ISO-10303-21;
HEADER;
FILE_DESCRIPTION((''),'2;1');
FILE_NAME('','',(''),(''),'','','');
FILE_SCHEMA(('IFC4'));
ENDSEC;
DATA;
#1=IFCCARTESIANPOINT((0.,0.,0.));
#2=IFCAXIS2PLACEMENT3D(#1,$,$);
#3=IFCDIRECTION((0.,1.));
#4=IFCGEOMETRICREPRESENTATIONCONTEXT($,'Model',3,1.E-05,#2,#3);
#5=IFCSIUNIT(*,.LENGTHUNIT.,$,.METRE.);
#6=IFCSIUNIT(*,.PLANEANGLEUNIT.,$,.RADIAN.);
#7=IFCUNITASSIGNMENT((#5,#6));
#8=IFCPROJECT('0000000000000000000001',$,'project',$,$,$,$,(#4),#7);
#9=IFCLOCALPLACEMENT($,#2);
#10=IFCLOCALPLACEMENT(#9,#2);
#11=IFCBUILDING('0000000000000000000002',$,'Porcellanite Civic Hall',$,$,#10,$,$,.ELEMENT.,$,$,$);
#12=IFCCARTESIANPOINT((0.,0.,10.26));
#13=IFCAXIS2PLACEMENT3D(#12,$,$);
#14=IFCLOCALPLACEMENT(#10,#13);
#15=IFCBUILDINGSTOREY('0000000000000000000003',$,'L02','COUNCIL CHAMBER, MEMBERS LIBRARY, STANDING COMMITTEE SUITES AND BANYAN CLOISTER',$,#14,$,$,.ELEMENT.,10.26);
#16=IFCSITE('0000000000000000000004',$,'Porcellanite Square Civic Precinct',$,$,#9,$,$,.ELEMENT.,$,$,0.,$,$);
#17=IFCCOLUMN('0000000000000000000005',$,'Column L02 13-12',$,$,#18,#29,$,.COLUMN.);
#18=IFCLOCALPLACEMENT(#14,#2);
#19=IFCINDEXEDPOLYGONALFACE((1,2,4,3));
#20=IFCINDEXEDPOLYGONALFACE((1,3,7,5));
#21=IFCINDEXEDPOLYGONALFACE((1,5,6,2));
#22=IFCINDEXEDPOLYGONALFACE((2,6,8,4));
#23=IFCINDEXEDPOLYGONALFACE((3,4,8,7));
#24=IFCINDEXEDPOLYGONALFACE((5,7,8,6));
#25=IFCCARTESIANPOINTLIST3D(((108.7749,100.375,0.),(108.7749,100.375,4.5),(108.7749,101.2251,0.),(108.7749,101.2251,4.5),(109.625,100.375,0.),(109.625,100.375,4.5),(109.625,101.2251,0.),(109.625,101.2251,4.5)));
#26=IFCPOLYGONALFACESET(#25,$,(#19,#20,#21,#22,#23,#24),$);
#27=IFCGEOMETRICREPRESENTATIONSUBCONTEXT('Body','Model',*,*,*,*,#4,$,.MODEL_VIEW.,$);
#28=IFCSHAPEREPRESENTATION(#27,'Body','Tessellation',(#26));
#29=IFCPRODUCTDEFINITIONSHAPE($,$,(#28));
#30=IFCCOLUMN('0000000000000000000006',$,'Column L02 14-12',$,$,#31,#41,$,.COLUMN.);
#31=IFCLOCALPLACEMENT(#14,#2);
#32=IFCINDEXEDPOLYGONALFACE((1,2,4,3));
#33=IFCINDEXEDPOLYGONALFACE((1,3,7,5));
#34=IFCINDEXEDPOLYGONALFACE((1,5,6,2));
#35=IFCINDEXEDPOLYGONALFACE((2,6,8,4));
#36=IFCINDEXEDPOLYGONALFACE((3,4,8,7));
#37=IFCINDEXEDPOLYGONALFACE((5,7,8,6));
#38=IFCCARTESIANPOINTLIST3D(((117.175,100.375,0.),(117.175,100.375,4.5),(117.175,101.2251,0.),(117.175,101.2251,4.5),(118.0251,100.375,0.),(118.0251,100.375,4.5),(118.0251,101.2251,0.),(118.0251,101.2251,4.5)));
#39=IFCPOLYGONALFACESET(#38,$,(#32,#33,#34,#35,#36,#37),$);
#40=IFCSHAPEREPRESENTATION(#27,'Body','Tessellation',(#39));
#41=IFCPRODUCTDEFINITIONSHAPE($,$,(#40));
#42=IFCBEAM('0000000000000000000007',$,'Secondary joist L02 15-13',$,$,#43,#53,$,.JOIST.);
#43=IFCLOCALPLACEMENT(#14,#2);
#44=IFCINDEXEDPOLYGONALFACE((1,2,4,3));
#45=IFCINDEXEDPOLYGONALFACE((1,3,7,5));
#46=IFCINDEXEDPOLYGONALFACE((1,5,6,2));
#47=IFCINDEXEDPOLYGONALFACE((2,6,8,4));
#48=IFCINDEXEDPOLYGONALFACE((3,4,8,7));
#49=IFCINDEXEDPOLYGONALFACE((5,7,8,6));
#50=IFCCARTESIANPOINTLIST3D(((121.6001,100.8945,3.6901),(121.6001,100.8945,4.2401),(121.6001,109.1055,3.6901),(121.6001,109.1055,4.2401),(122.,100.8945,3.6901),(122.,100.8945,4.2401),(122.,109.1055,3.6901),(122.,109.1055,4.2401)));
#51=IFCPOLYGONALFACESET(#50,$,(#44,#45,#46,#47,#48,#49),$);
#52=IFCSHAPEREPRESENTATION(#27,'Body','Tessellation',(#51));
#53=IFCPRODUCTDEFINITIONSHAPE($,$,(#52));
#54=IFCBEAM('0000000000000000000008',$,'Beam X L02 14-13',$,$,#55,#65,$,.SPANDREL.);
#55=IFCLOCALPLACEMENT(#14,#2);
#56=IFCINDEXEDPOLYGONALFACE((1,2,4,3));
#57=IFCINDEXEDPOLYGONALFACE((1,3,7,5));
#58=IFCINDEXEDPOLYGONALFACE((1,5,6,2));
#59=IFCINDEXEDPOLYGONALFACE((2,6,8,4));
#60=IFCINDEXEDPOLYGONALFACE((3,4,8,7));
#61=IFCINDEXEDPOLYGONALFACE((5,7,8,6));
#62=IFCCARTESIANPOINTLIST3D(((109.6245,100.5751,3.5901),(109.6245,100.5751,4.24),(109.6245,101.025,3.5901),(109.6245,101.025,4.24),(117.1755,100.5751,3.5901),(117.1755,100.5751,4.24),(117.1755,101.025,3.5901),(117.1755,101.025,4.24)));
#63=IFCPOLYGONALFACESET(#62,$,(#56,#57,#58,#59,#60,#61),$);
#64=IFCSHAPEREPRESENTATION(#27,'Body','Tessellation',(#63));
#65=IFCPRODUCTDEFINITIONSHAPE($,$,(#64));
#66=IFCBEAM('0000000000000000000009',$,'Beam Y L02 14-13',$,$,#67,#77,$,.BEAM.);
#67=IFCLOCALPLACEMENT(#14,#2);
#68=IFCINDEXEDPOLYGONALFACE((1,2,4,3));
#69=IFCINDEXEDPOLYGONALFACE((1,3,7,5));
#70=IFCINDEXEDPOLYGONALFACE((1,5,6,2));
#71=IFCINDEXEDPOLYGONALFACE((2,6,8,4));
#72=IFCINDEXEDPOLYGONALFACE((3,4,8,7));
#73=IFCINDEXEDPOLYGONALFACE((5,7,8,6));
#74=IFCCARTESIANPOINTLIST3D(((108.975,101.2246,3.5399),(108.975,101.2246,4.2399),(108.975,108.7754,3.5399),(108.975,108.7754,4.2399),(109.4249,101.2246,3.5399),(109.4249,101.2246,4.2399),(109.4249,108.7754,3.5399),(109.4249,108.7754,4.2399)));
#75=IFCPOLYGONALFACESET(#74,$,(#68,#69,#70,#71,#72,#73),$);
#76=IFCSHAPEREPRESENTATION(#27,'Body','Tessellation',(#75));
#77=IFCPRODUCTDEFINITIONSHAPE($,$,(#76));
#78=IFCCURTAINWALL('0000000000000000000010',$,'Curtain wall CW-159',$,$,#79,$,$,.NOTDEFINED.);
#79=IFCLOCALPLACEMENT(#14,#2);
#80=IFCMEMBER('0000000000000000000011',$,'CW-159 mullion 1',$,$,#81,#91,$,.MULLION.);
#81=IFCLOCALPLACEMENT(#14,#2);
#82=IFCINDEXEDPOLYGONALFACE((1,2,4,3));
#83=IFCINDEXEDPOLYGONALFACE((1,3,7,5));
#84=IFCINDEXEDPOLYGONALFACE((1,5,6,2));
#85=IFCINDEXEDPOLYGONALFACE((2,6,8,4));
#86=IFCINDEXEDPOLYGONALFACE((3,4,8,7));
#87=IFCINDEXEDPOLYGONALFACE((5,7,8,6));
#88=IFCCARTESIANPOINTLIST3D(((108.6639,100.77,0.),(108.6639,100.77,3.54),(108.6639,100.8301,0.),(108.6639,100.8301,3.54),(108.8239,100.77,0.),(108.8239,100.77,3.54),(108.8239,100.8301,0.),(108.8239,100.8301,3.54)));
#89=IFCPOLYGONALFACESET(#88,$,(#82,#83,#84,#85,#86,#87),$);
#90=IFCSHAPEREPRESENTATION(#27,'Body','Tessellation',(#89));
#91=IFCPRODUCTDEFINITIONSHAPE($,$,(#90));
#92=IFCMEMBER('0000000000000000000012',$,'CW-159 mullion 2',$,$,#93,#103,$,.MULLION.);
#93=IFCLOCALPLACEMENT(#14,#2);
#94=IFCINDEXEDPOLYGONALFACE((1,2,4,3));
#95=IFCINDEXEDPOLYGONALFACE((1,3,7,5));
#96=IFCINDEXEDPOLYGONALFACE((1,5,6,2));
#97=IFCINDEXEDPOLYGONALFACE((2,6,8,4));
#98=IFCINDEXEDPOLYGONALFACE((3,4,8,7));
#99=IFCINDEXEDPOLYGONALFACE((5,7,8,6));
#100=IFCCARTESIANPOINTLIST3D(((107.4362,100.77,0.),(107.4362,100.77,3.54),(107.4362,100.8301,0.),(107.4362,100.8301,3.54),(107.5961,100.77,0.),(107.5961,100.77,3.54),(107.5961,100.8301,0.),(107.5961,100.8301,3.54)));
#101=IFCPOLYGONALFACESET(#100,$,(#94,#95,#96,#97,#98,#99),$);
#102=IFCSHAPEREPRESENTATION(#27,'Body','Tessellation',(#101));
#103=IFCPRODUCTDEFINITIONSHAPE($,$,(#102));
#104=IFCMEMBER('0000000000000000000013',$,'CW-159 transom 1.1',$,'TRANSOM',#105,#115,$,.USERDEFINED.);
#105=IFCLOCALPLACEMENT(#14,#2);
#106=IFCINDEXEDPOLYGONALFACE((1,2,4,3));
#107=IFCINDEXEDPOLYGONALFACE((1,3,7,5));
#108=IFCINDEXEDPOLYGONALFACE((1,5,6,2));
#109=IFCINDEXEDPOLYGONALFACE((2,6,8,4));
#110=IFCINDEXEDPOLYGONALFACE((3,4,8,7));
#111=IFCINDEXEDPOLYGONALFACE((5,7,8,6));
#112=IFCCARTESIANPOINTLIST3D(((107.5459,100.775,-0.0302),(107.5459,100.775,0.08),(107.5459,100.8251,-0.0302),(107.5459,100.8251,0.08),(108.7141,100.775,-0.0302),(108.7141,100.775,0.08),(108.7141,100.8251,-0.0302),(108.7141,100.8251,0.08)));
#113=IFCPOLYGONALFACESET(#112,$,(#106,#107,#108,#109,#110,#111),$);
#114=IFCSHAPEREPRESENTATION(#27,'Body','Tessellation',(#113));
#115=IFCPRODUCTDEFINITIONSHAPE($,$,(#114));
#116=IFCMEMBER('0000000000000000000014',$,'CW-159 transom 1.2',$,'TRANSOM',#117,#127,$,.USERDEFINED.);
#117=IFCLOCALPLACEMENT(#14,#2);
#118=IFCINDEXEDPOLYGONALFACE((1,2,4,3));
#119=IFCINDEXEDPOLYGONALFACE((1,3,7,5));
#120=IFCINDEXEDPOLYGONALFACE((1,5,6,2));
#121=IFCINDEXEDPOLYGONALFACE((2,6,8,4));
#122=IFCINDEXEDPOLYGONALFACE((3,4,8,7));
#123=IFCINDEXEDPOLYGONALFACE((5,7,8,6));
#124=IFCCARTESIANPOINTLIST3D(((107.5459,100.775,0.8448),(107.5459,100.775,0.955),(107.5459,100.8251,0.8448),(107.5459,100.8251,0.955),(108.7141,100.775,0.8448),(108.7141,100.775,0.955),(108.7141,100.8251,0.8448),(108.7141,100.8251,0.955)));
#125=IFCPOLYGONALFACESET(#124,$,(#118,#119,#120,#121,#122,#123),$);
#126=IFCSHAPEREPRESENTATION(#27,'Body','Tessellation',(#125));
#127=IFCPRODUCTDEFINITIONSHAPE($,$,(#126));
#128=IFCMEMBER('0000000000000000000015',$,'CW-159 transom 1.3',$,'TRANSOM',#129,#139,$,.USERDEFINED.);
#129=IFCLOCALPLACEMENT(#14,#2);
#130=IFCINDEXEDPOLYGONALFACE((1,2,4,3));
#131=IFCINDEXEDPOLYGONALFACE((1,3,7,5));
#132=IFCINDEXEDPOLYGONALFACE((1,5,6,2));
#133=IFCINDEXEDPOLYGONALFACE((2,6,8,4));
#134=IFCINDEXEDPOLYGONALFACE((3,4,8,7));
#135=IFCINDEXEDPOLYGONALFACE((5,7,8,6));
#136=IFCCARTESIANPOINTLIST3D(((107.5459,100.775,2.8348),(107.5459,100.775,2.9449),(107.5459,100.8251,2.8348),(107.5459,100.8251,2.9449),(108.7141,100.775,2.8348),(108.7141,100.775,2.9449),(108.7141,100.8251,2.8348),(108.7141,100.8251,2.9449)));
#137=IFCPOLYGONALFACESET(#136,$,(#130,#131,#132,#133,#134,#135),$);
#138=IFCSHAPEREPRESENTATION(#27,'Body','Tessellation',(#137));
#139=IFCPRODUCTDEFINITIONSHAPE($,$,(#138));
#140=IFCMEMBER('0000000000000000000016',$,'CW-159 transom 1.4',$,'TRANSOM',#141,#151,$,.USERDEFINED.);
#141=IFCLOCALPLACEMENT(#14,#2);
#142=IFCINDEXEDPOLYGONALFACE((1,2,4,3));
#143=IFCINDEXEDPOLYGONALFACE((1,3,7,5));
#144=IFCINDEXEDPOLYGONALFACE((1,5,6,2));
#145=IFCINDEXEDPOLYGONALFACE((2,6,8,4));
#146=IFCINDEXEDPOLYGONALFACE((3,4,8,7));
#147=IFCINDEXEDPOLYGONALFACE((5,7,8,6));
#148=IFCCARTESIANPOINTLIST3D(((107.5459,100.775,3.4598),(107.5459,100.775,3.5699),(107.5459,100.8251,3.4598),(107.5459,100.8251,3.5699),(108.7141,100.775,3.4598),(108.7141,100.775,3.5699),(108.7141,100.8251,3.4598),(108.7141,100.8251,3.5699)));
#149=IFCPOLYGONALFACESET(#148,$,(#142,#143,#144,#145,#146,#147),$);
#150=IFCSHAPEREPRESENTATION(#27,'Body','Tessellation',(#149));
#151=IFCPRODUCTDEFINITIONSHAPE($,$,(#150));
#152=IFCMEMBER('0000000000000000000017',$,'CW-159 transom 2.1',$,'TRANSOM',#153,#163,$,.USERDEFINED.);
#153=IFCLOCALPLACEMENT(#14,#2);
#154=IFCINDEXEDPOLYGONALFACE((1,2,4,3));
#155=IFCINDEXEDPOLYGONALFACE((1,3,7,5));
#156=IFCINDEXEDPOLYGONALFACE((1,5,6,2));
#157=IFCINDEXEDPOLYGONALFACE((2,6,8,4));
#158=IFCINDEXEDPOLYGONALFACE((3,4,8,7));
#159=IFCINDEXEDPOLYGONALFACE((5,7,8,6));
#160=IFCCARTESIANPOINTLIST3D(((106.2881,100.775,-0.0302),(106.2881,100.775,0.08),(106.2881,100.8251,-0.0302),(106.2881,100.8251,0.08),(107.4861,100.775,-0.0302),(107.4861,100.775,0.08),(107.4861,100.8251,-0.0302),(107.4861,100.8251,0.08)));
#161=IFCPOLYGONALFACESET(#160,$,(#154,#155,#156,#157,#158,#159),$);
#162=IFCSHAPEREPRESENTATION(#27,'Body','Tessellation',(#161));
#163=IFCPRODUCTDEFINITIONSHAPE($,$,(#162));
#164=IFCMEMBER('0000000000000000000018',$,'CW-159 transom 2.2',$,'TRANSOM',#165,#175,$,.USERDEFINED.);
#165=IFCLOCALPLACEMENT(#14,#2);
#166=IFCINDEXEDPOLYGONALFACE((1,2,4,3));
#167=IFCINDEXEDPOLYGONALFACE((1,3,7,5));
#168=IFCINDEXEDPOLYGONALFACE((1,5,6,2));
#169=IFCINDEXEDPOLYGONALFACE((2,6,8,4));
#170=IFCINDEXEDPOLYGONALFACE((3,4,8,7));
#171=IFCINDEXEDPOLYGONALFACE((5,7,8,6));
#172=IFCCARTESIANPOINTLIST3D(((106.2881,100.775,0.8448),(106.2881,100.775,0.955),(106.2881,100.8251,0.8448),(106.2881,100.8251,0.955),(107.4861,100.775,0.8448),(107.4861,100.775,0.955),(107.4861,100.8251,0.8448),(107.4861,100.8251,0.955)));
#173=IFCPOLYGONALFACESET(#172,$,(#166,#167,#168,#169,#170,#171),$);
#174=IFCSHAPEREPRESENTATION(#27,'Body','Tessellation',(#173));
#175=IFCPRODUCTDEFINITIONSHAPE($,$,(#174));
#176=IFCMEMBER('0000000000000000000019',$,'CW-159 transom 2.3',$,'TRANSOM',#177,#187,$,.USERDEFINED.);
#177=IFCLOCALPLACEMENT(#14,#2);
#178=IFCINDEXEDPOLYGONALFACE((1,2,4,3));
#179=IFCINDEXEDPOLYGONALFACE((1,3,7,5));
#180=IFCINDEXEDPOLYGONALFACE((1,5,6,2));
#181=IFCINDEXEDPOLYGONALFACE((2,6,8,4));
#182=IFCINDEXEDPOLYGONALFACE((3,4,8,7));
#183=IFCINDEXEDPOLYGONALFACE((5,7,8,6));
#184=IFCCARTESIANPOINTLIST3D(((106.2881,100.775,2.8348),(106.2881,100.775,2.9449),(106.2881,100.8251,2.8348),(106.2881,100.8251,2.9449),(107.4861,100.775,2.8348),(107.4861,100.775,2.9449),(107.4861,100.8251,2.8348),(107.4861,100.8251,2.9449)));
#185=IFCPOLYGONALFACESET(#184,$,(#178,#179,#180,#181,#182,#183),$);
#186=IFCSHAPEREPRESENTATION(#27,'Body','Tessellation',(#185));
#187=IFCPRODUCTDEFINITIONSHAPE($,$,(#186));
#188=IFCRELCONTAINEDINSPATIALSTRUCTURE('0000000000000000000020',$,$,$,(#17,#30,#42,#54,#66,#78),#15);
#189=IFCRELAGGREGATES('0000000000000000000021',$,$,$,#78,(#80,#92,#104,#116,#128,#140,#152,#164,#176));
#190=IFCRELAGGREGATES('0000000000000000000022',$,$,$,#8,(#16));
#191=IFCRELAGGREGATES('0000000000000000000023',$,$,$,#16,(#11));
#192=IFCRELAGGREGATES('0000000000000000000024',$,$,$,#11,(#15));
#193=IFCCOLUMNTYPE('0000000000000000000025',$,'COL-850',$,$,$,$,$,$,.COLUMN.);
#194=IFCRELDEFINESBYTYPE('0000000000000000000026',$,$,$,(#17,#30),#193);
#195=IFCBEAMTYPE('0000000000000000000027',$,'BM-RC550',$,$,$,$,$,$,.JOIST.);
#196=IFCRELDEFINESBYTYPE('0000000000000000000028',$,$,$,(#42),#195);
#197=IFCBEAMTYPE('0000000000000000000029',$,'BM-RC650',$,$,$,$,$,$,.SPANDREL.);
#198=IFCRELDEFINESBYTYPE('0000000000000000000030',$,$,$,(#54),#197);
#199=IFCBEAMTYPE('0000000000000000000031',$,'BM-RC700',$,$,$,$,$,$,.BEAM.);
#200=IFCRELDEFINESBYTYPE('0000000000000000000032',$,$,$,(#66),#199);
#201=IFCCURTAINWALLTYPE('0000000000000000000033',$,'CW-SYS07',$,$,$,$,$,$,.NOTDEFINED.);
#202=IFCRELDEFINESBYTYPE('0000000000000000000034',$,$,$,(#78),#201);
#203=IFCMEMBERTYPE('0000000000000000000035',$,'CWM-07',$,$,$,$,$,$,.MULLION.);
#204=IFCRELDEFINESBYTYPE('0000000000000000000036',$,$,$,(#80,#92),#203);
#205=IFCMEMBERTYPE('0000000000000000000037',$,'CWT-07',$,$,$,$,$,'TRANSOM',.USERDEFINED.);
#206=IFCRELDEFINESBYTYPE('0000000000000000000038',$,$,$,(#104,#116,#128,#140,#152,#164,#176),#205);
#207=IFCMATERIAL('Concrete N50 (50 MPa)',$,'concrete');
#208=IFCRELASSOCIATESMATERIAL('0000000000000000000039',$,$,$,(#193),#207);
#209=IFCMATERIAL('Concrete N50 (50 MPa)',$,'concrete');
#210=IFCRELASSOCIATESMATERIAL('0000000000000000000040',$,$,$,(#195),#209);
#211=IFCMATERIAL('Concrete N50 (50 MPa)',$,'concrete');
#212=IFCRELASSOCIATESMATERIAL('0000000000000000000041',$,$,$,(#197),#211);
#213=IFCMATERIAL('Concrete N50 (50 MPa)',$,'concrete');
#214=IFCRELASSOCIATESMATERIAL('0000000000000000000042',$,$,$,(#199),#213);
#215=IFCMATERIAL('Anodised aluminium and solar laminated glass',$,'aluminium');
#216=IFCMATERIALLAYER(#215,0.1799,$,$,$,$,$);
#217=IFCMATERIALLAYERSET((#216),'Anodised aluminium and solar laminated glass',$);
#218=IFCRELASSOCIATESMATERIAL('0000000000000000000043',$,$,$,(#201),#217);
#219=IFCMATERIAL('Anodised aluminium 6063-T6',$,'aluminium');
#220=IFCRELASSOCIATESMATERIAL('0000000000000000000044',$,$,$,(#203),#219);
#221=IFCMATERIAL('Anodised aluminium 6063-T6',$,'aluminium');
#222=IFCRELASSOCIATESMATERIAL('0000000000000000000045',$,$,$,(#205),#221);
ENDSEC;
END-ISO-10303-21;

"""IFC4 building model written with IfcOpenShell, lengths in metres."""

from ifc_helpers import new_model, si_unit, direction, frame, origin, origin_2d, place, context, subcontext, project, spatial, rectangle, extrude, material, layer, layer_set, material_profile, profile_set, type_object, element, aggregate, save


model = new_model("IFC4")

# Units and contexts
model_context = context("Model", 3, precision=1e-05, world=origin(), true_north=direction((0.0, 1.0)))
body_context = subcontext(model_context, "Body", "Model", "MODEL_VIEW")
ifc_project = project(units=[si_unit("LENGTHUNIT", "METRE"), si_unit("PLANEANGLEUNIT", "RADIAN")], contexts=[model_context])

# Site, building, storey
site_placement = place(None, origin())
site = spatial("IfcSite", under=ifc_project, at=site_placement, Name="Porcellanite Square Civic Precinct", CompositionType="ELEMENT", RefElevation=0.0)
building_placement = place(site_placement, origin())
building = spatial("IfcBuilding", under=site, at=building_placement, Name="Porcellanite Civic Hall", CompositionType="ELEMENT")
storey_placement = place(building_placement, frame((0.0, 0.0, 10.26)))
storey = spatial("IfcBuildingStorey", under=building, at=storey_placement, Name="L02", Description="COUNCIL CHAMBER, MEMBERS LIBRARY, STANDING COMMITTEE SUITES AND BANYAN CLOISTER", CompositionType="ELEMENT", Elevation=10.26)

# Columns
ifc_material_1 = material(Name="Concrete N50 (50 MPa)", Category="concrete")
ifc_material_profile_1 = material_profile(ifc_material_1, rectangle(XDim=0.8501, YDim=0.8501, at=origin_2d()), Name="RC-850x850")
ifc_profile_set_1 = profile_set([ifc_material_profile_1], Name="Concrete N50 (50 MPa)")
column_type = type_object("IfcColumnType", Name="COL-850", PredefinedType="COLUMN", material=ifc_profile_set_1)
for number, where, z_axis, x_axis, name in (
    (1, (109.2, 100.8, 0.0), (0.0, 0.0, 1.0), (1.0, 0.0, 0.0), "Column L02 13-12"),
    (2, (117.6001, 100.8, 0.0), (0.0, 0.0, 1.0), (1.0, 0.0, 0.0), "Column L02 14-12"),
):
    element("IfcColumn", number, at=place(storey_placement, frame(where, z_axis=z_axis, x_axis=x_axis)), inside=storey, type_object=column_type, Name=name, PredefinedType="COLUMN", context=body_context, shape_type="SweptSolid", body=[
        extrude(rectangle(XDim=0.8501, YDim=0.8501, at=origin_2d()), origin(), (0.0, 0.0, 1.0), 4.5),
    ])

# Beams
ifc_material_2 = material(Name="Concrete N50 (50 MPa)", Category="concrete")
ifc_material_profile_2 = material_profile(ifc_material_2, rectangle(XDim=0.3999, YDim=0.55, at=origin_2d()), Name="RC-400x550")
ifc_profile_set_2 = profile_set([ifc_material_profile_2], Name="Concrete N50 (50 MPa)")
beam_type_1 = type_object("IfcBeamType", Name="BM-RC550", PredefinedType="JOIST", material=ifc_profile_set_2)
beam_1_placement = place(storey_placement, frame((121.8, 100.8945, 3.9651), z_axis=(0.0, 1.0, 0.0), x_axis=(-1.0, 0.0, 0.0)))
element("IfcBeam", 3, at=beam_1_placement, inside=storey, type_object=beam_type_1, Name="Secondary joist L02 15-13", PredefinedType="JOIST", context=body_context, shape_type="SweptSolid", body=[
    extrude(rectangle(XDim=0.3999, YDim=0.55, at=origin_2d()), origin(), (0.0, 0.0, 1.0), 8.2109),
])
ifc_material_3 = material(Name="Concrete N50 (50 MPa)", Category="concrete")
ifc_material_profile_3 = material_profile(ifc_material_3, rectangle(XDim=0.45, YDim=0.6499, at=origin_2d()), Name="RC-450x650")
ifc_profile_set_3 = profile_set([ifc_material_profile_3], Name="Concrete N50 (50 MPa)")
beam_type_2 = type_object("IfcBeamType", Name="BM-RC650", PredefinedType="SPANDREL", material=ifc_profile_set_3)
beam_2_placement = place(storey_placement, frame((109.6245, 100.8, 3.915), z_axis=(1.0, 0.0, 0.0), x_axis=(0.0, 1.0, 0.0)))
element("IfcBeam", 4, at=beam_2_placement, inside=storey, type_object=beam_type_2, Name="Beam X L02 14-13", PredefinedType="SPANDREL", context=body_context, shape_type="SweptSolid", body=[
    extrude(rectangle(XDim=0.45, YDim=0.6499, at=origin_2d()), origin(), (0.0, 0.0, 1.0), 7.551),
])
ifc_material_4 = material(Name="Concrete N50 (50 MPa)", Category="concrete")
ifc_material_profile_4 = material_profile(ifc_material_4, rectangle(XDim=0.45, YDim=0.7, at=origin_2d()), Name="RC-450x700")
ifc_profile_set_4 = profile_set([ifc_material_profile_4], Name="Concrete N50 (50 MPa)")
beam_type_3 = type_object("IfcBeamType", Name="BM-RC700", PredefinedType="BEAM", material=ifc_profile_set_4)
beam_3_placement = place(storey_placement, frame((109.2, 101.2246, 3.8899), z_axis=(0.0, 1.0, 0.0), x_axis=(-1.0, 0.0, 0.0)))
element("IfcBeam", 5, at=beam_3_placement, inside=storey, type_object=beam_type_3, Name="Beam Y L02 14-13", PredefinedType="BEAM", context=body_context, shape_type="SweptSolid", body=[
    extrude(rectangle(XDim=0.45, YDim=0.7, at=origin_2d()), origin(), (0.0, 0.0, 1.0), 7.5508),
])

# Curtain wall, members
ifc_material_5 = material(Name="Anodised aluminium and solar laminated glass", Category="aluminium")
ifc_layer_1 = layer(ifc_material_5, 0.1799)
ifc_layer_set_1 = layer_set([ifc_layer_1], Name="Anodised aluminium and solar laminated glass")
curtain_wall_type = type_object("IfcCurtainWallType", Name="CW-SYS07", PredefinedType="NOTDEFINED", material=ifc_layer_set_1)
curtain_wall_placement = place(storey_placement, origin())
curtain_wall = element("IfcCurtainWall", 6, at=curtain_wall_placement, inside=storey, type_object=curtain_wall_type, Name="Curtain wall CW-159", PredefinedType="NOTDEFINED")
ifc_material_6 = material(Name="Anodised aluminium 6063-T6", Category="aluminium")
ifc_material_profile_5 = material_profile(ifc_material_6, rectangle(XDim=0.0601, YDim=0.1599, at=origin_2d()), Name="AL-60x160")
ifc_profile_set_5 = profile_set([ifc_material_profile_5], Name="Anodised aluminium 6063-T6")
member_type_1 = type_object("IfcMemberType", Name="CWM-07", PredefinedType="MULLION", material=ifc_profile_set_5)
member_1_placement = place(storey_placement, frame((108.7439, 100.8, 0.0), z_axis=(0.0, 0.0, 1.0), x_axis=(0.0, -1.0, 0.0)))
member_1 = element("IfcMember", 7, at=member_1_placement, type_object=member_type_1, Name="CW-159 mullion 1", PredefinedType="MULLION", context=body_context, shape_type="SweptSolid", body=[
    extrude(rectangle(XDim=0.0601, YDim=0.1599, at=origin_2d()), origin(), (0.0, 0.0, 1.0), 3.54),
])
member_2_placement = place(storey_placement, frame((107.5161, 100.8, 0.0), z_axis=(0.0, 0.0, 1.0), x_axis=(0.0, -1.0, 0.0)))
member_2 = element("IfcMember", 8, at=member_2_placement, type_object=member_type_1, Name="CW-159 mullion 2", PredefinedType="MULLION", context=body_context, shape_type="SweptSolid", body=[
    extrude(rectangle(XDim=0.0601, YDim=0.1599, at=origin_2d()), origin(), (0.0, 0.0, 1.0), 3.54),
])
ifc_material_7 = material(Name="Anodised aluminium 6063-T6", Category="aluminium")
ifc_material_profile_6 = material_profile(ifc_material_7, rectangle(XDim=0.05, YDim=0.1101, at=origin_2d()), Name="AL-50x110")
ifc_profile_set_6 = profile_set([ifc_material_profile_6], Name="Anodised aluminium 6063-T6")
member_type_2 = type_object("IfcMemberType", Name="CWT-07", ElementType="TRANSOM", PredefinedType="USERDEFINED", material=ifc_profile_set_6)
member_3_placement = place(storey_placement, frame((108.7141, 100.8, 0.0249), z_axis=(-1.0, 0.0, 0.0), x_axis=(0.0, -1.0, 0.0)))
member_3 = element("IfcMember", 9, at=member_3_placement, type_object=member_type_2, Name="CW-159 transom 1.1", ObjectType="TRANSOM", PredefinedType="USERDEFINED", context=body_context, shape_type="SweptSolid", body=[
    extrude(rectangle(XDim=0.05, YDim=0.1101, at=origin_2d()), origin(), (0.0, 0.0, 1.0), 1.1682),
])
member_4_placement = place(storey_placement, frame((108.7141, 100.8, 0.8999), z_axis=(-1.0, 0.0, 0.0), x_axis=(0.0, -1.0, 0.0)))
member_4 = element("IfcMember", 10, at=member_4_placement, type_object=member_type_2, Name="CW-159 transom 1.2", ObjectType="TRANSOM", PredefinedType="USERDEFINED", context=body_context, shape_type="SweptSolid", body=[
    extrude(rectangle(XDim=0.05, YDim=0.1101, at=origin_2d()), origin(), (0.0, 0.0, 1.0), 1.1682),
])
member_5_placement = place(storey_placement, frame((108.7141, 100.8, 2.8899), z_axis=(-1.0, 0.0, 0.0), x_axis=(0.0, -1.0, 0.0)))
member_5 = element("IfcMember", 11, at=member_5_placement, type_object=member_type_2, Name="CW-159 transom 1.3", ObjectType="TRANSOM", PredefinedType="USERDEFINED", context=body_context, shape_type="SweptSolid", body=[
    extrude(rectangle(XDim=0.05, YDim=0.1101, at=origin_2d()), origin(), (0.0, 0.0, 1.0), 1.1682),
])
member_6_placement = place(storey_placement, frame((108.7141, 100.8, 3.5149), z_axis=(-1.0, 0.0, 0.0), x_axis=(0.0, -1.0, 0.0)))
member_6 = element("IfcMember", 12, at=member_6_placement, type_object=member_type_2, Name="CW-159 transom 1.4", ObjectType="TRANSOM", PredefinedType="USERDEFINED", context=body_context, shape_type="SweptSolid", body=[
    extrude(rectangle(XDim=0.05, YDim=0.1101, at=origin_2d()), origin(), (0.0, 0.0, 1.0), 1.1682),
])
member_7_placement = place(storey_placement, frame((107.4861, 100.8, 0.0249), z_axis=(-1.0, 0.0, 0.0), x_axis=(0.0, -1.0, 0.0)))
member_7 = element("IfcMember", 13, at=member_7_placement, type_object=member_type_2, Name="CW-159 transom 2.1", ObjectType="TRANSOM", PredefinedType="USERDEFINED", context=body_context, shape_type="SweptSolid", body=[
    extrude(rectangle(XDim=0.05, YDim=0.1101, at=origin_2d()), origin(), (0.0, 0.0, 1.0), 1.198),
])
member_8_placement = place(storey_placement, frame((107.4861, 100.8, 0.8999), z_axis=(-1.0, 0.0, 0.0), x_axis=(0.0, -1.0, 0.0)))
member_8 = element("IfcMember", 14, at=member_8_placement, type_object=member_type_2, Name="CW-159 transom 2.2", ObjectType="TRANSOM", PredefinedType="USERDEFINED", context=body_context, shape_type="SweptSolid", body=[
    extrude(rectangle(XDim=0.05, YDim=0.1101, at=origin_2d()), origin(), (0.0, 0.0, 1.0), 1.198),
])
member_9_placement = place(storey_placement, frame((107.4861, 100.8, 2.8899), z_axis=(-1.0, 0.0, 0.0), x_axis=(0.0, -1.0, 0.0)))
member_9 = element("IfcMember", 15, at=member_9_placement, type_object=member_type_2, Name="CW-159 transom 2.3", ObjectType="TRANSOM", PredefinedType="USERDEFINED", context=body_context, shape_type="SweptSolid", body=[
    extrude(rectangle(XDim=0.05, YDim=0.1101, at=origin_2d()), origin(), (0.0, 0.0, 1.0), 1.198),
])

aggregate(curtain_wall, [member_1, member_2, member_3, member_4, member_5, member_6, member_7, member_8, member_9])

save(model, "model.ifc")
